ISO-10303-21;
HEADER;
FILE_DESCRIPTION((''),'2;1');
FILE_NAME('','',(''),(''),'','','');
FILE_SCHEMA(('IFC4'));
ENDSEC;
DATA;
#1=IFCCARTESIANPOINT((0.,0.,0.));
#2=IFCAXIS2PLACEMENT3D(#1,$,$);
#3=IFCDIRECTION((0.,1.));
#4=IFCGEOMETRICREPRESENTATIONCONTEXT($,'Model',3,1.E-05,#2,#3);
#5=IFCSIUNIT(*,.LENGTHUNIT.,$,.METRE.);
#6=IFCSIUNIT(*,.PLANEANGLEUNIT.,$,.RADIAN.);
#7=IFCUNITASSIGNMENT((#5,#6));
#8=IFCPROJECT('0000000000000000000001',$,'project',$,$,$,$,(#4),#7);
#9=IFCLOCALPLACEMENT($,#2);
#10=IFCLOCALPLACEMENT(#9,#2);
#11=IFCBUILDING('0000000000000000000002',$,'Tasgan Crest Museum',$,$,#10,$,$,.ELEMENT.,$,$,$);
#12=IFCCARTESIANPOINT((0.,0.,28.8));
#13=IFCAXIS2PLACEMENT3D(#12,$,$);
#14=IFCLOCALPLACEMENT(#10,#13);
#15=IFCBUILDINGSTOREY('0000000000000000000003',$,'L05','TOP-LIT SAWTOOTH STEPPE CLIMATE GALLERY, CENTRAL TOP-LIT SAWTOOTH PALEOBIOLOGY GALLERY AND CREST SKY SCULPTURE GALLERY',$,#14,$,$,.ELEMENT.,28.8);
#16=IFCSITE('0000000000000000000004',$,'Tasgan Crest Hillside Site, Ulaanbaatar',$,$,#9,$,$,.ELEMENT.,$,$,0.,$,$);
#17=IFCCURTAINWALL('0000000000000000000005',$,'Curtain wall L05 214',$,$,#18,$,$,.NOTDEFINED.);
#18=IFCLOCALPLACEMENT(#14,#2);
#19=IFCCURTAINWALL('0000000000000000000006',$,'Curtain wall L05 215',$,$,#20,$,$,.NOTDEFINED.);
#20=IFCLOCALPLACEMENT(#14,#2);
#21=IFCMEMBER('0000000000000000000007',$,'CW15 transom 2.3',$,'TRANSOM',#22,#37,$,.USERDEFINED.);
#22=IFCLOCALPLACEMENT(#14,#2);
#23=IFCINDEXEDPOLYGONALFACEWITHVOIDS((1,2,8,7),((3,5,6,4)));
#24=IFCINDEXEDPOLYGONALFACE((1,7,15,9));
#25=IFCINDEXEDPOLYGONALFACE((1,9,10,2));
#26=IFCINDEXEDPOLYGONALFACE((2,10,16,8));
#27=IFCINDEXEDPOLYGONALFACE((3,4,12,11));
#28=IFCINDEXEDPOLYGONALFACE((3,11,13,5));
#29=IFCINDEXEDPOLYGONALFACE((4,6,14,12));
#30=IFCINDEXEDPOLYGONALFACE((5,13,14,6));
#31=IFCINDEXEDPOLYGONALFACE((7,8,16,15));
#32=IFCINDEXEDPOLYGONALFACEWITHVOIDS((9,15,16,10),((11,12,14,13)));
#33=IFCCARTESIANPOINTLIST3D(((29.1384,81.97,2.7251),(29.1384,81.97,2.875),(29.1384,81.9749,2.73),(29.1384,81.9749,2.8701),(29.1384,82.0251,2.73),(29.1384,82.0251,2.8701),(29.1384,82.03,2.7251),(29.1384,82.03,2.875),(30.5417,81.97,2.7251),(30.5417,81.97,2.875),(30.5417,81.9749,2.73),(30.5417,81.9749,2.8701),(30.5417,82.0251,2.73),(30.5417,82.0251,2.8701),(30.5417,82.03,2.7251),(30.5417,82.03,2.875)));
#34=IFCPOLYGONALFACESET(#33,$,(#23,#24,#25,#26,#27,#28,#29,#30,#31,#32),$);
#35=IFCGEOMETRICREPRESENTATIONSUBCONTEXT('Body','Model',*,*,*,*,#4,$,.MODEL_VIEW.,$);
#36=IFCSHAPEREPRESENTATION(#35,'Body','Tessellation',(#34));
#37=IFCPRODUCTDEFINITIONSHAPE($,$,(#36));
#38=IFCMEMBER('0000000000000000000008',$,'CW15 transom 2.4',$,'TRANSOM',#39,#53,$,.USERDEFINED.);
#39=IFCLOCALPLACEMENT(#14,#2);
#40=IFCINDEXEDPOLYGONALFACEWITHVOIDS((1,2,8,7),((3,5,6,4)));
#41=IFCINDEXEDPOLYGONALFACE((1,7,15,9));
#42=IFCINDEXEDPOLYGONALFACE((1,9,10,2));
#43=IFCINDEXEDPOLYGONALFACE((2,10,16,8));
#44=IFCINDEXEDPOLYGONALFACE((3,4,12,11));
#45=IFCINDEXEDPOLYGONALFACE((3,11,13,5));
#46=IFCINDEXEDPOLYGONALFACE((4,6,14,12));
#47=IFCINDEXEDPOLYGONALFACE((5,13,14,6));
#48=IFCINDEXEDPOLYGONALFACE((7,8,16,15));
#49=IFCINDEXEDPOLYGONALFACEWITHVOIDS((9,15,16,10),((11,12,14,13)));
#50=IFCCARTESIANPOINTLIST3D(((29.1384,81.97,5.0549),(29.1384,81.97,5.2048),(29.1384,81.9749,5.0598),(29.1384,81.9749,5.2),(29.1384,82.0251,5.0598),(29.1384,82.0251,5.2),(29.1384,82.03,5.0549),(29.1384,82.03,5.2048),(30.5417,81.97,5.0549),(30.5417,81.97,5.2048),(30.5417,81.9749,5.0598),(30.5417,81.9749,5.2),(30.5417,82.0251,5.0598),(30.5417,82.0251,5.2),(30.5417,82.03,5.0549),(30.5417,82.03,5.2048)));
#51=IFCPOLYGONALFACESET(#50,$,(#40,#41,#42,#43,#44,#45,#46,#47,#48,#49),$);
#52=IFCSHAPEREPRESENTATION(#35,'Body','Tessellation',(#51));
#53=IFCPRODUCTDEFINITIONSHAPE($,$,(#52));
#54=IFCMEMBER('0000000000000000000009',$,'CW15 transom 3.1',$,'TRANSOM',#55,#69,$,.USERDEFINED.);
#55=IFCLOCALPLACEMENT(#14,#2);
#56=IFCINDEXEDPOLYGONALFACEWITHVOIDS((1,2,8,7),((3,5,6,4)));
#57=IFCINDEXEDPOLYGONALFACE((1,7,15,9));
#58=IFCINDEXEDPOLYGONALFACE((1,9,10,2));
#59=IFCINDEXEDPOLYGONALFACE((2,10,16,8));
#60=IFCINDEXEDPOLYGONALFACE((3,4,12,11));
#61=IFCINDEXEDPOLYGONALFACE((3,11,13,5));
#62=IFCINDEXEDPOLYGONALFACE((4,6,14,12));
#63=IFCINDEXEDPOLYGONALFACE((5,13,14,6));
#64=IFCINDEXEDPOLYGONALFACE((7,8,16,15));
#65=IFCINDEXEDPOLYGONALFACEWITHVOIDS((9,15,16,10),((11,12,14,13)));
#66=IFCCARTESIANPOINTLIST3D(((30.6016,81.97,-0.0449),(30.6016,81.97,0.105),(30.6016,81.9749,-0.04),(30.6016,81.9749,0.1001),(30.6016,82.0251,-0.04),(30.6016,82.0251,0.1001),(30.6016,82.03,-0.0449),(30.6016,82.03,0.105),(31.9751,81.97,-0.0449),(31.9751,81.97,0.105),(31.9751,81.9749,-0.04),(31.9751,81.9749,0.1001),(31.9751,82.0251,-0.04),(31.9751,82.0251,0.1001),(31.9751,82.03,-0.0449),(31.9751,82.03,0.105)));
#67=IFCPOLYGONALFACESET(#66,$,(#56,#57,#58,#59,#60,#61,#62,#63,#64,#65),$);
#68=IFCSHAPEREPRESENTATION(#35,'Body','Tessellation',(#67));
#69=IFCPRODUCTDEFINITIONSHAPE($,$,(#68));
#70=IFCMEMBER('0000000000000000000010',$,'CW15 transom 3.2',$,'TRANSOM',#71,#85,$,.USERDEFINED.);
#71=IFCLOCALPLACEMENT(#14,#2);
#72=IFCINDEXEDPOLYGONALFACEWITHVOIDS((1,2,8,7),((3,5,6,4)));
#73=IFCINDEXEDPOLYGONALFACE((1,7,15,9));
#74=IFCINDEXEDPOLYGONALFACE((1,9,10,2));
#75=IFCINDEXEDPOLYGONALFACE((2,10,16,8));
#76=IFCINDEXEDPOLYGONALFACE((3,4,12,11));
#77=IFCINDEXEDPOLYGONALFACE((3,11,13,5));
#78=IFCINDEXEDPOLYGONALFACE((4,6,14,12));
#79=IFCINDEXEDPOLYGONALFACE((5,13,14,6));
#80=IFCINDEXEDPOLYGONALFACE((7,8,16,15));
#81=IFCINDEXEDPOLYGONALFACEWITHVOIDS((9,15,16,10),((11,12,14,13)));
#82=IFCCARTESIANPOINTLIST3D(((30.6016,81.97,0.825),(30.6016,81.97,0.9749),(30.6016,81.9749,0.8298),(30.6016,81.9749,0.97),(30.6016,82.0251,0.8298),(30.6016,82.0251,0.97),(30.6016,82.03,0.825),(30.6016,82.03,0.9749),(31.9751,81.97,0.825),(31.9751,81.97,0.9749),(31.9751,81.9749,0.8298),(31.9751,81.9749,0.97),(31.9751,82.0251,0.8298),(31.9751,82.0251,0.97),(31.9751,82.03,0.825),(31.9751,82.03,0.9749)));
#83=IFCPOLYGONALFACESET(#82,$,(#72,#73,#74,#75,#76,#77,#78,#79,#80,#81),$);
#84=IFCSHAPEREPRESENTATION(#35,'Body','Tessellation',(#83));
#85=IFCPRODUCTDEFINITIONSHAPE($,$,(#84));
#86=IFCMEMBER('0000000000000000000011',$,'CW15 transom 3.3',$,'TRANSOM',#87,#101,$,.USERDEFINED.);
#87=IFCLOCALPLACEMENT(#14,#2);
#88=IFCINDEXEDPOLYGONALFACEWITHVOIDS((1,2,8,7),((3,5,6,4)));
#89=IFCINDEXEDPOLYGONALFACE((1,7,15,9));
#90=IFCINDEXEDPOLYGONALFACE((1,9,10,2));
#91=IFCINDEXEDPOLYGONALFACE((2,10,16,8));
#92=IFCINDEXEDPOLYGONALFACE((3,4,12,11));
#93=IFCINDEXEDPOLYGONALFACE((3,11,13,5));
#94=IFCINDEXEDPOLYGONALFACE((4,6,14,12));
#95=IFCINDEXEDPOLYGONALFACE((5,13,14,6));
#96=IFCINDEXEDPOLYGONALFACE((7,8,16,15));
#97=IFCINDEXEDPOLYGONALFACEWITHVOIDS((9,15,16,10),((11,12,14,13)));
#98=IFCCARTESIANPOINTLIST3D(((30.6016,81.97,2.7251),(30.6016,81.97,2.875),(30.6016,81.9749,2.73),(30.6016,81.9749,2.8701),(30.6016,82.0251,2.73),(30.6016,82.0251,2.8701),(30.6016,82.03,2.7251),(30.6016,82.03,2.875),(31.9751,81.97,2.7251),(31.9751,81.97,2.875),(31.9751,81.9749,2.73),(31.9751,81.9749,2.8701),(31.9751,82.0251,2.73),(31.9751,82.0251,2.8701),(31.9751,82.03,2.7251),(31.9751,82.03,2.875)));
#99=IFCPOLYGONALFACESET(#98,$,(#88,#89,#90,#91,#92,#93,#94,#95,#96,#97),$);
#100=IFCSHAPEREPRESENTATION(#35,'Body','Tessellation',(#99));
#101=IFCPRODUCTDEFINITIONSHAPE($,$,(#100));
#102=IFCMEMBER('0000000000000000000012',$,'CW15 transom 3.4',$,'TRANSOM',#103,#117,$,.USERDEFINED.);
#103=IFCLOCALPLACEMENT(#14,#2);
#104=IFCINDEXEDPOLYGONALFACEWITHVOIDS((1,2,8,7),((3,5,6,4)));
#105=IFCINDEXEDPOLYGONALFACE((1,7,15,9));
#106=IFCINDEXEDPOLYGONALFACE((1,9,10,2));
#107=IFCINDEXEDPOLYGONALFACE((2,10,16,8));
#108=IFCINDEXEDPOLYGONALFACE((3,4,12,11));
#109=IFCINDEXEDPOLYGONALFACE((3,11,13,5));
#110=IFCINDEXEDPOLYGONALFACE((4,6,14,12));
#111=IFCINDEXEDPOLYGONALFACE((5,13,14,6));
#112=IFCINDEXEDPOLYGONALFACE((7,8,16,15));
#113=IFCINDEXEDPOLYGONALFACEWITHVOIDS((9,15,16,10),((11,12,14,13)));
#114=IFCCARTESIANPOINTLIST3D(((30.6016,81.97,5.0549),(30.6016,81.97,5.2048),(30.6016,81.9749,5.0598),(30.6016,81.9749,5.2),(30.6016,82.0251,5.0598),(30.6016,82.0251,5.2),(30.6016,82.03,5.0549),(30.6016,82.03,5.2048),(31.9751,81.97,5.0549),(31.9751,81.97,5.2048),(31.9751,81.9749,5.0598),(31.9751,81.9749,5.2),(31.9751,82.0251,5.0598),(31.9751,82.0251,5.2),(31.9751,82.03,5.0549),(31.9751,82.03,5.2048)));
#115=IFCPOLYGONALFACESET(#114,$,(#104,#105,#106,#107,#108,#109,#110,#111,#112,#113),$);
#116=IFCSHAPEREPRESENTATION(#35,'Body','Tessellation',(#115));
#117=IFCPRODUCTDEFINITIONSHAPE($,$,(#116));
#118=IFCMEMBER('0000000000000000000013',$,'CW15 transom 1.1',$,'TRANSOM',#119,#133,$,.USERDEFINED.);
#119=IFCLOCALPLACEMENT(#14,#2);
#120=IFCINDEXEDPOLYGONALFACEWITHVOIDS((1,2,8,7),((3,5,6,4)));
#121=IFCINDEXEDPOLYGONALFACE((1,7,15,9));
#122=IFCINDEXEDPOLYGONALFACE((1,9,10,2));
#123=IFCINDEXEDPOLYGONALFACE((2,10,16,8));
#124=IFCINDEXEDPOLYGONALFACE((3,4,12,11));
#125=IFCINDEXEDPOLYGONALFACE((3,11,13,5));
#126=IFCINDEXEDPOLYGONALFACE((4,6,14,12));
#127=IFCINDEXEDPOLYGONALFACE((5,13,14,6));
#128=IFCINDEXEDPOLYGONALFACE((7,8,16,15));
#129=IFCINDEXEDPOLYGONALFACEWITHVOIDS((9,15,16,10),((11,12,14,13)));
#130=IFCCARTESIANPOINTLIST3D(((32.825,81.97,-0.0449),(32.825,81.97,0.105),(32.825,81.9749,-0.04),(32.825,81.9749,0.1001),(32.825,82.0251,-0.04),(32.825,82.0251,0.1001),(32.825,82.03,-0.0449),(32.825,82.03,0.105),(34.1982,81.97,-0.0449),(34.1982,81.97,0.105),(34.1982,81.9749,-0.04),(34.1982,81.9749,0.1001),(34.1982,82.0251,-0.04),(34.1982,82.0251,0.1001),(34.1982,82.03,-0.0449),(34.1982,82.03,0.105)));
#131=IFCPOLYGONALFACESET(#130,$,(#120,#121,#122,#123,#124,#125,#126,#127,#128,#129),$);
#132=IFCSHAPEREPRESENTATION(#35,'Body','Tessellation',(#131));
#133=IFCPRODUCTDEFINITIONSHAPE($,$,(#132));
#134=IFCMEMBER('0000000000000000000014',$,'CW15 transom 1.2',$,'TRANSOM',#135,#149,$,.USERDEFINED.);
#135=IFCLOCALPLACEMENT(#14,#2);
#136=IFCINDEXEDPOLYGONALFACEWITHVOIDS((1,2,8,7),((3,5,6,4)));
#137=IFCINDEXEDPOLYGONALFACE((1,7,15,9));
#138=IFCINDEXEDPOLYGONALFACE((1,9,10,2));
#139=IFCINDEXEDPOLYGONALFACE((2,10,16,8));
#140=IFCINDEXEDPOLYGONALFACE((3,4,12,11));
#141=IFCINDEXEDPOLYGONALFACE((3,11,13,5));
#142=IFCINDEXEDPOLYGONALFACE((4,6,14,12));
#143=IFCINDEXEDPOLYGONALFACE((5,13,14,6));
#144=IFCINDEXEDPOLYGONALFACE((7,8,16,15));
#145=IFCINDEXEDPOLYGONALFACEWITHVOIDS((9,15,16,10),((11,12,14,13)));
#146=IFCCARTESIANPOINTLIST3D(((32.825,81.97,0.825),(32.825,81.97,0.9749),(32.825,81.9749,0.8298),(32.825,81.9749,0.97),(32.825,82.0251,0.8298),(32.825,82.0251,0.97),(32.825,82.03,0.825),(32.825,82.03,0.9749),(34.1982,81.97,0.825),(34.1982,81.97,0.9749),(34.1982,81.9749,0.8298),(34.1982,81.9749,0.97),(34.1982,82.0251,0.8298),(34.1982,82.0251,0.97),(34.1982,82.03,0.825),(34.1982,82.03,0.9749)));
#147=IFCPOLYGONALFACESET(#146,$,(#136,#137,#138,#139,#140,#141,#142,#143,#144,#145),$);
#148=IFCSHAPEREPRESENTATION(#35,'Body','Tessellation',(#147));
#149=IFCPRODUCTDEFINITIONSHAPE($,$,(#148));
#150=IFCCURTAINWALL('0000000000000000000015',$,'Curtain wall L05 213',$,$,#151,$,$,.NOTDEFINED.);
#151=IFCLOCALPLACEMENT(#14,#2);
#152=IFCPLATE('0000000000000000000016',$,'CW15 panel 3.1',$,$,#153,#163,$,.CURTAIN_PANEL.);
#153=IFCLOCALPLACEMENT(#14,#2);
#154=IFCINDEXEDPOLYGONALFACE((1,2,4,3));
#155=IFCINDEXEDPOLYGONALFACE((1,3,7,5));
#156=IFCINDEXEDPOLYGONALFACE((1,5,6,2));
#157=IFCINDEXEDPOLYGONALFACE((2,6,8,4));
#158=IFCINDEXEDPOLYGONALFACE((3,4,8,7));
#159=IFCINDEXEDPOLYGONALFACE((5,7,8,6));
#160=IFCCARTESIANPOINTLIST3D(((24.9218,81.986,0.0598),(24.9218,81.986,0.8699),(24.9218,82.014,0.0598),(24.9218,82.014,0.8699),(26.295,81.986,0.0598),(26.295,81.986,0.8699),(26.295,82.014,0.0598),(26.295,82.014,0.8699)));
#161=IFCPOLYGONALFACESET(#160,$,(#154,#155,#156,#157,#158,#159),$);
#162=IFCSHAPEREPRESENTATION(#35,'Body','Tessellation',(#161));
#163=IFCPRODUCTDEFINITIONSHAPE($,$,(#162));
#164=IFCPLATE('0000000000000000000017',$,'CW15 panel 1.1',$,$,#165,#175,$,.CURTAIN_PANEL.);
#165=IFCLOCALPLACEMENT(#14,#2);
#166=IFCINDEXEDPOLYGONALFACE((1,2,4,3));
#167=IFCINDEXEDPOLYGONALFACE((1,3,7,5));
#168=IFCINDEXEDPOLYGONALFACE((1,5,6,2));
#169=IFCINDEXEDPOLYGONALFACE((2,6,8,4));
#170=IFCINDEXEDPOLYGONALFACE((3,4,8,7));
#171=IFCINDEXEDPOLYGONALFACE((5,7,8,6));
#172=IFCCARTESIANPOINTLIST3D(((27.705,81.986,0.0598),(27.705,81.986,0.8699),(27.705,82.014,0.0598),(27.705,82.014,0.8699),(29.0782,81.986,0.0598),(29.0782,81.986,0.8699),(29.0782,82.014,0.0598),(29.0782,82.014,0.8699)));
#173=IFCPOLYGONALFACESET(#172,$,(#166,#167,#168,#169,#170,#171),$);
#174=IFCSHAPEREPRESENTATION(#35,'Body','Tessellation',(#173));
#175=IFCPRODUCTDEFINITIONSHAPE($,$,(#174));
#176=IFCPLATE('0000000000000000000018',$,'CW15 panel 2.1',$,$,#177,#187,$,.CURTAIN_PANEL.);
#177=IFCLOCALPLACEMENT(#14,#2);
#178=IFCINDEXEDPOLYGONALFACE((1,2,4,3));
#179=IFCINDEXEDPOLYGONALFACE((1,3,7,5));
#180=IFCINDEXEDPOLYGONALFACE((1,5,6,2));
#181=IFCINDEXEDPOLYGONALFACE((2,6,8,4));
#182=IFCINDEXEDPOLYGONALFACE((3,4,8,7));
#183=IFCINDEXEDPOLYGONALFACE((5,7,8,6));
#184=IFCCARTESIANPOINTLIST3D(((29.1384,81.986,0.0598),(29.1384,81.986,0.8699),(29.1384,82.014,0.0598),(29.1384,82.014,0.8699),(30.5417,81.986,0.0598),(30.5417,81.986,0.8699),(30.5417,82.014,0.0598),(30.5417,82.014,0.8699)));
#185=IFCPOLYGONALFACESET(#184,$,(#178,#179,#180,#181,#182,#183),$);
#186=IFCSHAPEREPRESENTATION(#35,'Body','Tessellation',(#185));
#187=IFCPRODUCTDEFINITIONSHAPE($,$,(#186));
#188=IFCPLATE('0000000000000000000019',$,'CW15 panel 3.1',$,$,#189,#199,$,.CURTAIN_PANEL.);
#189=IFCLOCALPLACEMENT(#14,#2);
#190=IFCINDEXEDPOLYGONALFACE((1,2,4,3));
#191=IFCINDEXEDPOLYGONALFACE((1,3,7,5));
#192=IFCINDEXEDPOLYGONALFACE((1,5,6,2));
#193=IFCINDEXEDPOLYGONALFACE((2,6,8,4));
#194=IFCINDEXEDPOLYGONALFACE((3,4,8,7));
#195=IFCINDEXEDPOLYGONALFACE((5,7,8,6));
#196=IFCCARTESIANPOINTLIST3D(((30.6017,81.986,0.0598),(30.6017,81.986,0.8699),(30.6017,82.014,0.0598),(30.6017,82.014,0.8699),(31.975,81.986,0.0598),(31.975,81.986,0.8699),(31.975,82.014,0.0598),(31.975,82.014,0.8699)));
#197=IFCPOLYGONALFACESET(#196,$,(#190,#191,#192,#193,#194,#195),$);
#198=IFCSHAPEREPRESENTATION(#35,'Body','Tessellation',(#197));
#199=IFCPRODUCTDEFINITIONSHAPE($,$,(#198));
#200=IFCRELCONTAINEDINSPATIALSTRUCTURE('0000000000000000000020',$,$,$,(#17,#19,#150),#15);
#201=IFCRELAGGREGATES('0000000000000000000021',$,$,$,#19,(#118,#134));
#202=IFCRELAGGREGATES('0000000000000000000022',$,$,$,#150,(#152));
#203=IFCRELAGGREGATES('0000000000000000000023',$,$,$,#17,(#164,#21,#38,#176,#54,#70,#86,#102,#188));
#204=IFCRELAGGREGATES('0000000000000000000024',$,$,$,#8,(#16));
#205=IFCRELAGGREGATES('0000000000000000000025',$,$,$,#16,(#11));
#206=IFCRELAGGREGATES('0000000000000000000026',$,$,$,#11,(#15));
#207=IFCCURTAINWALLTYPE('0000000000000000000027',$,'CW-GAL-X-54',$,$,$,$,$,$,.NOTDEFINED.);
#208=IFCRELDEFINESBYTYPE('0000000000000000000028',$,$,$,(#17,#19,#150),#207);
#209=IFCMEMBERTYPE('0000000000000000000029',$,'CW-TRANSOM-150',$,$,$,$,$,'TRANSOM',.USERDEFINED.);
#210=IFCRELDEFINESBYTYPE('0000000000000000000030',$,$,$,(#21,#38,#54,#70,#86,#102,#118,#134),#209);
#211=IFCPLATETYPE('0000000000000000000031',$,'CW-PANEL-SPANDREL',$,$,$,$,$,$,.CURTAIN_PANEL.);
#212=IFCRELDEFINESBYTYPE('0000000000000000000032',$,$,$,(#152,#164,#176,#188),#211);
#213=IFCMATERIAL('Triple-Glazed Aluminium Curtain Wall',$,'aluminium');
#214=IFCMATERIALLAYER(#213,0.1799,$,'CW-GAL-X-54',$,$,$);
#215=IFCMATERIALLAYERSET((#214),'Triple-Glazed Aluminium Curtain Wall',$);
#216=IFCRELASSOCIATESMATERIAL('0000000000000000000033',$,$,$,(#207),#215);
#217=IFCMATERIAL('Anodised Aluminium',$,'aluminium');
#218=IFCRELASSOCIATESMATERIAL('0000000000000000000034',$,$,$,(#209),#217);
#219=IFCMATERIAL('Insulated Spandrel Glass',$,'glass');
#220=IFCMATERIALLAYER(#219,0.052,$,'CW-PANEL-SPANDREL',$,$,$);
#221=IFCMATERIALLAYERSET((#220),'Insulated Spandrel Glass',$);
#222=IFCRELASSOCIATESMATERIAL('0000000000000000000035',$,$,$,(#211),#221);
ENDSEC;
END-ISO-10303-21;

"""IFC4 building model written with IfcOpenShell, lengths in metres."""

from ifc_helpers import new_model, si_unit, direction, frame, origin, origin_2d, place, context, subcontext, project, spatial, rectangle, hollow_rectangle, extrude, material, layer, layer_set, material_profile, profile_set, type_object, element, aggregate, save


model = new_model("IFC4")

# Units and contexts
model_context = context("Model", 3, precision=1e-05, world=origin(), true_north=direction((0.0, 1.0)))
body_context = subcontext(model_context, "Body", "Model", "MODEL_VIEW")
ifc_project = project(units=[si_unit("LENGTHUNIT", "METRE"), si_unit("PLANEANGLEUNIT", "RADIAN")], contexts=[model_context])

# Site, building, storey
site_placement = place(None, origin())
site = spatial("IfcSite", under=ifc_project, at=site_placement, Name="Tasgan Crest Hillside Site, Ulaanbaatar", CompositionType="ELEMENT", RefElevation=0.0)
building_placement = place(site_placement, origin())
building = spatial("IfcBuilding", under=site, at=building_placement, Name="Tasgan Crest Museum", CompositionType="ELEMENT")
storey_placement = place(building_placement, frame((0.0, 0.0, 28.8)))
storey = spatial("IfcBuildingStorey", under=building, at=storey_placement, Name="L05", Description="TOP-LIT SAWTOOTH STEPPE CLIMATE GALLERY, CENTRAL TOP-LIT SAWTOOTH PALEOBIOLOGY GALLERY AND CREST SKY SCULPTURE GALLERY", CompositionType="ELEMENT", Elevation=28.8)

# Curtain wall
ifc_material_1 = material(Name="Triple-Glazed Aluminium Curtain Wall", Category="aluminium")
ifc_layer_1 = layer(ifc_material_1, 0.1799, Name="CW-GAL-X-54")
ifc_layer_set_1 = layer_set([ifc_layer_1], Name="Triple-Glazed Aluminium Curtain Wall")
curtain_wall_type = type_object("IfcCurtainWallType", Name="CW-GAL-X-54", PredefinedType="NOTDEFINED", material=ifc_layer_set_1)
curtain_wall_1_placement = place(storey_placement, origin())
curtain_wall_1 = element("IfcCurtainWall", 1, at=curtain_wall_1_placement, inside=storey, type_object=curtain_wall_type, Name="Curtain wall L05 214", PredefinedType="NOTDEFINED")

# Curtain wall
curtain_wall_2_placement = place(storey_placement, origin())
curtain_wall_2 = element("IfcCurtainWall", 2, at=curtain_wall_2_placement, inside=storey, type_object=curtain_wall_type, Name="Curtain wall L05 215", PredefinedType="NOTDEFINED")

# Members
ifc_material_2 = material(Name="Anodised Aluminium", Category="aluminium")
ifc_material_profile_1 = material_profile(ifc_material_2, hollow_rectangle(XDim=0.0601, YDim=0.1499, WallThickness=0.0049, at=origin_2d()), Name="ALU TRANSOM 150x60x5")
ifc_profile_set_1 = profile_set([ifc_material_profile_1], Name="Anodised Aluminium")
member_type_1 = type_object("IfcMemberType", Name="CW-TRANSOM-150", ElementType="TRANSOM", PredefinedType="USERDEFINED", material=ifc_profile_set_1)
member_1_placement = place(storey_placement, frame((29.1384, 82.0, 2.8), z_axis=(1.0, 0.0, 0.0), x_axis=(0.0, 1.0, 0.0)))
member_1 = element("IfcMember", 3, at=member_1_placement, type_object=member_type_1, Name="CW15 transom 2.3", ObjectType="TRANSOM", PredefinedType="USERDEFINED", context=body_context, shape_type="SweptSolid", body=[
    extrude(hollow_rectangle(XDim=0.0601, YDim=0.1499, WallThickness=0.0049, at=origin_2d()), origin(), (0.0, 0.0, 1.0), 1.4033),
])
member_2_placement = place(storey_placement, frame((29.1384, 82.0, 5.1299), z_axis=(1.0, 0.0, 0.0), x_axis=(0.0, 1.0, 0.0)))
member_2 = element("IfcMember", 4, at=member_2_placement, type_object=member_type_1, Name="CW15 transom 2.4", ObjectType="TRANSOM", PredefinedType="USERDEFINED", context=body_context, shape_type="SweptSolid", body=[
    extrude(hollow_rectangle(XDim=0.0601, YDim=0.1499, WallThickness=0.0049, at=origin_2d()), origin(), (0.0, 0.0, 1.0), 1.4033),
])
member_3_placement = place(storey_placement, frame((30.6016, 82.0, 0.03), z_axis=(1.0, 0.0, 0.0), x_axis=(0.0, 1.0, 0.0)))
member_3 = element("IfcMember", 5, at=member_3_placement, type_object=member_type_1, Name="CW15 transom 3.1", ObjectType="TRANSOM", PredefinedType="USERDEFINED", context=body_context, shape_type="SweptSolid", body=[
    extrude(hollow_rectangle(XDim=0.0601, YDim=0.1499, WallThickness=0.0049, at=origin_2d()), origin(), (0.0, 0.0, 1.0), 1.3735),
])
member_4_placement = place(storey_placement, frame((30.6016, 82.0, 0.8999), z_axis=(1.0, 0.0, 0.0), x_axis=(0.0, 1.0, 0.0)))
member_4 = element("IfcMember", 6, at=member_4_placement, type_object=member_type_1, Name="CW15 transom 3.2", ObjectType="TRANSOM", PredefinedType="USERDEFINED", context=body_context, shape_type="SweptSolid", body=[
    extrude(hollow_rectangle(XDim=0.0601, YDim=0.1499, WallThickness=0.0049, at=origin_2d()), origin(), (0.0, 0.0, 1.0), 1.3735),
])
member_5_placement = place(storey_placement, frame((30.6016, 82.0, 2.8), z_axis=(1.0, 0.0, 0.0), x_axis=(0.0, 1.0, 0.0)))
member_5 = element("IfcMember", 7, at=member_5_placement, type_object=member_type_1, Name="CW15 transom 3.3", ObjectType="TRANSOM", PredefinedType="USERDEFINED", context=body_context, shape_type="SweptSolid", body=[
    extrude(hollow_rectangle(XDim=0.0601, YDim=0.1499, WallThickness=0.0049, at=origin_2d()), origin(), (0.0, 0.0, 1.0), 1.3735),
])
member_6_placement = place(storey_placement, frame((30.6016, 82.0, 5.1299), z_axis=(1.0, 0.0, 0.0), x_axis=(0.0, 1.0, 0.0)))
member_6 = element("IfcMember", 8, at=member_6_placement, type_object=member_type_1, Name="CW15 transom 3.4", ObjectType="TRANSOM", PredefinedType="USERDEFINED", context=body_context, shape_type="SweptSolid", body=[
    extrude(hollow_rectangle(XDim=0.0601, YDim=0.1499, WallThickness=0.0049, at=origin_2d()), origin(), (0.0, 0.0, 1.0), 1.3735),
])
member_7_placement = place(storey_placement, frame((32.825, 82.0, 0.03), z_axis=(1.0, 0.0, 0.0), x_axis=(0.0, 1.0, 0.0)))
member_7 = element("IfcMember", 9, at=member_7_placement, type_object=member_type_1, Name="CW15 transom 1.1", ObjectType="TRANSOM", PredefinedType="USERDEFINED", context=body_context, shape_type="SweptSolid", body=[
    extrude(hollow_rectangle(XDim=0.0601, YDim=0.1499, WallThickness=0.0049, at=origin_2d()), origin(), (0.0, 0.0, 1.0), 1.3733),
])
member_8_placement = place(storey_placement, frame((32.825, 82.0, 0.8999), z_axis=(1.0, 0.0, 0.0), x_axis=(0.0, 1.0, 0.0)))
member_8 = element("IfcMember", 10, at=member_8_placement, type_object=member_type_1, Name="CW15 transom 1.2", ObjectType="TRANSOM", PredefinedType="USERDEFINED", context=body_context, shape_type="SweptSolid", body=[
    extrude(hollow_rectangle(XDim=0.0601, YDim=0.1499, WallThickness=0.0049, at=origin_2d()), origin(), (0.0, 0.0, 1.0), 1.3733),
])
aggregate(curtain_wall_2, [member_7, member_8])

# Curtain wall, plate
curtain_wall_3_placement = place(storey_placement, origin())
curtain_wall_3 = element("IfcCurtainWall", 11, at=curtain_wall_3_placement, inside=storey, type_object=curtain_wall_type, Name="Curtain wall L05 213", PredefinedType="NOTDEFINED")
ifc_material_3 = material(Name="Insulated Spandrel Glass", Category="glass")
ifc_layer_2 = layer(ifc_material_3, 0.052, Name="CW-PANEL-SPANDREL")
ifc_layer_set_2 = layer_set([ifc_layer_2], Name="Insulated Spandrel Glass")
plate_type_1 = type_object("IfcPlateType", Name="CW-PANEL-SPANDREL", PredefinedType="CURTAIN_PANEL", material=ifc_layer_set_2)
plate_1_placement = place(storey_placement, frame((25.6084, 82.0, 0.0598), z_axis=(0.0, 0.0, 1.0), x_axis=(1.0, 0.0, 0.0)))
plate_1 = element("IfcPlate", 12, at=plate_1_placement, type_object=plate_type_1, Name="CW15 panel 3.1", PredefinedType="CURTAIN_PANEL", context=body_context, shape_type="SweptSolid", body=[
    extrude(rectangle(XDim=1.3733, YDim=0.0281, at=origin_2d()), origin(), (0.0, 0.0, 1.0), 0.8101),
])

# Plates
plate_2_placement = place(storey_placement, frame((28.3916, 82.0, 0.0598), z_axis=(0.0, 0.0, 1.0), x_axis=(1.0, 0.0, 0.0)))
plate_2 = element("IfcPlate", 13, at=plate_2_placement, type_object=plate_type_1, Name="CW15 panel 1.1", PredefinedType="CURTAIN_PANEL", context=body_context, shape_type="SweptSolid", body=[
    extrude(rectangle(XDim=1.3733, YDim=0.0281, at=origin_2d()), origin(), (0.0, 0.0, 1.0), 0.8101),
])
plate_3_placement = place(storey_placement, frame((29.8401, 82.0, 0.0598), z_axis=(0.0, 0.0, 1.0), x_axis=(1.0, 0.0, 0.0)))
plate_3 = element("IfcPlate", 14, at=plate_3_placement, type_object=plate_type_1, Name="CW15 panel 2.1", PredefinedType="CURTAIN_PANEL", context=body_context, shape_type="SweptSolid", body=[
    extrude(rectangle(XDim=1.4033, YDim=0.0281, at=origin_2d()), origin(), (0.0, 0.0, 1.0), 0.8101),
])
plate_4_placement = place(storey_placement, frame((31.2883, 82.0, 0.0598), z_axis=(0.0, 0.0, 1.0), x_axis=(1.0, 0.0, 0.0)))
plate_4 = element("IfcPlate", 15, at=plate_4_placement, type_object=plate_type_1, Name="CW15 panel 3.1", PredefinedType="CURTAIN_PANEL", context=body_context, shape_type="SweptSolid", body=[
    extrude(rectangle(XDim=1.3733, YDim=0.0281, at=origin_2d()), origin(), (0.0, 0.0, 1.0), 0.8101),
])
aggregate(curtain_wall_3, [plate_1])
aggregate(curtain_wall_1, [plate_2, member_1, member_2, plate_3, member_3, member_4, member_5, member_6, plate_4])

save(model, "model.ifc")
